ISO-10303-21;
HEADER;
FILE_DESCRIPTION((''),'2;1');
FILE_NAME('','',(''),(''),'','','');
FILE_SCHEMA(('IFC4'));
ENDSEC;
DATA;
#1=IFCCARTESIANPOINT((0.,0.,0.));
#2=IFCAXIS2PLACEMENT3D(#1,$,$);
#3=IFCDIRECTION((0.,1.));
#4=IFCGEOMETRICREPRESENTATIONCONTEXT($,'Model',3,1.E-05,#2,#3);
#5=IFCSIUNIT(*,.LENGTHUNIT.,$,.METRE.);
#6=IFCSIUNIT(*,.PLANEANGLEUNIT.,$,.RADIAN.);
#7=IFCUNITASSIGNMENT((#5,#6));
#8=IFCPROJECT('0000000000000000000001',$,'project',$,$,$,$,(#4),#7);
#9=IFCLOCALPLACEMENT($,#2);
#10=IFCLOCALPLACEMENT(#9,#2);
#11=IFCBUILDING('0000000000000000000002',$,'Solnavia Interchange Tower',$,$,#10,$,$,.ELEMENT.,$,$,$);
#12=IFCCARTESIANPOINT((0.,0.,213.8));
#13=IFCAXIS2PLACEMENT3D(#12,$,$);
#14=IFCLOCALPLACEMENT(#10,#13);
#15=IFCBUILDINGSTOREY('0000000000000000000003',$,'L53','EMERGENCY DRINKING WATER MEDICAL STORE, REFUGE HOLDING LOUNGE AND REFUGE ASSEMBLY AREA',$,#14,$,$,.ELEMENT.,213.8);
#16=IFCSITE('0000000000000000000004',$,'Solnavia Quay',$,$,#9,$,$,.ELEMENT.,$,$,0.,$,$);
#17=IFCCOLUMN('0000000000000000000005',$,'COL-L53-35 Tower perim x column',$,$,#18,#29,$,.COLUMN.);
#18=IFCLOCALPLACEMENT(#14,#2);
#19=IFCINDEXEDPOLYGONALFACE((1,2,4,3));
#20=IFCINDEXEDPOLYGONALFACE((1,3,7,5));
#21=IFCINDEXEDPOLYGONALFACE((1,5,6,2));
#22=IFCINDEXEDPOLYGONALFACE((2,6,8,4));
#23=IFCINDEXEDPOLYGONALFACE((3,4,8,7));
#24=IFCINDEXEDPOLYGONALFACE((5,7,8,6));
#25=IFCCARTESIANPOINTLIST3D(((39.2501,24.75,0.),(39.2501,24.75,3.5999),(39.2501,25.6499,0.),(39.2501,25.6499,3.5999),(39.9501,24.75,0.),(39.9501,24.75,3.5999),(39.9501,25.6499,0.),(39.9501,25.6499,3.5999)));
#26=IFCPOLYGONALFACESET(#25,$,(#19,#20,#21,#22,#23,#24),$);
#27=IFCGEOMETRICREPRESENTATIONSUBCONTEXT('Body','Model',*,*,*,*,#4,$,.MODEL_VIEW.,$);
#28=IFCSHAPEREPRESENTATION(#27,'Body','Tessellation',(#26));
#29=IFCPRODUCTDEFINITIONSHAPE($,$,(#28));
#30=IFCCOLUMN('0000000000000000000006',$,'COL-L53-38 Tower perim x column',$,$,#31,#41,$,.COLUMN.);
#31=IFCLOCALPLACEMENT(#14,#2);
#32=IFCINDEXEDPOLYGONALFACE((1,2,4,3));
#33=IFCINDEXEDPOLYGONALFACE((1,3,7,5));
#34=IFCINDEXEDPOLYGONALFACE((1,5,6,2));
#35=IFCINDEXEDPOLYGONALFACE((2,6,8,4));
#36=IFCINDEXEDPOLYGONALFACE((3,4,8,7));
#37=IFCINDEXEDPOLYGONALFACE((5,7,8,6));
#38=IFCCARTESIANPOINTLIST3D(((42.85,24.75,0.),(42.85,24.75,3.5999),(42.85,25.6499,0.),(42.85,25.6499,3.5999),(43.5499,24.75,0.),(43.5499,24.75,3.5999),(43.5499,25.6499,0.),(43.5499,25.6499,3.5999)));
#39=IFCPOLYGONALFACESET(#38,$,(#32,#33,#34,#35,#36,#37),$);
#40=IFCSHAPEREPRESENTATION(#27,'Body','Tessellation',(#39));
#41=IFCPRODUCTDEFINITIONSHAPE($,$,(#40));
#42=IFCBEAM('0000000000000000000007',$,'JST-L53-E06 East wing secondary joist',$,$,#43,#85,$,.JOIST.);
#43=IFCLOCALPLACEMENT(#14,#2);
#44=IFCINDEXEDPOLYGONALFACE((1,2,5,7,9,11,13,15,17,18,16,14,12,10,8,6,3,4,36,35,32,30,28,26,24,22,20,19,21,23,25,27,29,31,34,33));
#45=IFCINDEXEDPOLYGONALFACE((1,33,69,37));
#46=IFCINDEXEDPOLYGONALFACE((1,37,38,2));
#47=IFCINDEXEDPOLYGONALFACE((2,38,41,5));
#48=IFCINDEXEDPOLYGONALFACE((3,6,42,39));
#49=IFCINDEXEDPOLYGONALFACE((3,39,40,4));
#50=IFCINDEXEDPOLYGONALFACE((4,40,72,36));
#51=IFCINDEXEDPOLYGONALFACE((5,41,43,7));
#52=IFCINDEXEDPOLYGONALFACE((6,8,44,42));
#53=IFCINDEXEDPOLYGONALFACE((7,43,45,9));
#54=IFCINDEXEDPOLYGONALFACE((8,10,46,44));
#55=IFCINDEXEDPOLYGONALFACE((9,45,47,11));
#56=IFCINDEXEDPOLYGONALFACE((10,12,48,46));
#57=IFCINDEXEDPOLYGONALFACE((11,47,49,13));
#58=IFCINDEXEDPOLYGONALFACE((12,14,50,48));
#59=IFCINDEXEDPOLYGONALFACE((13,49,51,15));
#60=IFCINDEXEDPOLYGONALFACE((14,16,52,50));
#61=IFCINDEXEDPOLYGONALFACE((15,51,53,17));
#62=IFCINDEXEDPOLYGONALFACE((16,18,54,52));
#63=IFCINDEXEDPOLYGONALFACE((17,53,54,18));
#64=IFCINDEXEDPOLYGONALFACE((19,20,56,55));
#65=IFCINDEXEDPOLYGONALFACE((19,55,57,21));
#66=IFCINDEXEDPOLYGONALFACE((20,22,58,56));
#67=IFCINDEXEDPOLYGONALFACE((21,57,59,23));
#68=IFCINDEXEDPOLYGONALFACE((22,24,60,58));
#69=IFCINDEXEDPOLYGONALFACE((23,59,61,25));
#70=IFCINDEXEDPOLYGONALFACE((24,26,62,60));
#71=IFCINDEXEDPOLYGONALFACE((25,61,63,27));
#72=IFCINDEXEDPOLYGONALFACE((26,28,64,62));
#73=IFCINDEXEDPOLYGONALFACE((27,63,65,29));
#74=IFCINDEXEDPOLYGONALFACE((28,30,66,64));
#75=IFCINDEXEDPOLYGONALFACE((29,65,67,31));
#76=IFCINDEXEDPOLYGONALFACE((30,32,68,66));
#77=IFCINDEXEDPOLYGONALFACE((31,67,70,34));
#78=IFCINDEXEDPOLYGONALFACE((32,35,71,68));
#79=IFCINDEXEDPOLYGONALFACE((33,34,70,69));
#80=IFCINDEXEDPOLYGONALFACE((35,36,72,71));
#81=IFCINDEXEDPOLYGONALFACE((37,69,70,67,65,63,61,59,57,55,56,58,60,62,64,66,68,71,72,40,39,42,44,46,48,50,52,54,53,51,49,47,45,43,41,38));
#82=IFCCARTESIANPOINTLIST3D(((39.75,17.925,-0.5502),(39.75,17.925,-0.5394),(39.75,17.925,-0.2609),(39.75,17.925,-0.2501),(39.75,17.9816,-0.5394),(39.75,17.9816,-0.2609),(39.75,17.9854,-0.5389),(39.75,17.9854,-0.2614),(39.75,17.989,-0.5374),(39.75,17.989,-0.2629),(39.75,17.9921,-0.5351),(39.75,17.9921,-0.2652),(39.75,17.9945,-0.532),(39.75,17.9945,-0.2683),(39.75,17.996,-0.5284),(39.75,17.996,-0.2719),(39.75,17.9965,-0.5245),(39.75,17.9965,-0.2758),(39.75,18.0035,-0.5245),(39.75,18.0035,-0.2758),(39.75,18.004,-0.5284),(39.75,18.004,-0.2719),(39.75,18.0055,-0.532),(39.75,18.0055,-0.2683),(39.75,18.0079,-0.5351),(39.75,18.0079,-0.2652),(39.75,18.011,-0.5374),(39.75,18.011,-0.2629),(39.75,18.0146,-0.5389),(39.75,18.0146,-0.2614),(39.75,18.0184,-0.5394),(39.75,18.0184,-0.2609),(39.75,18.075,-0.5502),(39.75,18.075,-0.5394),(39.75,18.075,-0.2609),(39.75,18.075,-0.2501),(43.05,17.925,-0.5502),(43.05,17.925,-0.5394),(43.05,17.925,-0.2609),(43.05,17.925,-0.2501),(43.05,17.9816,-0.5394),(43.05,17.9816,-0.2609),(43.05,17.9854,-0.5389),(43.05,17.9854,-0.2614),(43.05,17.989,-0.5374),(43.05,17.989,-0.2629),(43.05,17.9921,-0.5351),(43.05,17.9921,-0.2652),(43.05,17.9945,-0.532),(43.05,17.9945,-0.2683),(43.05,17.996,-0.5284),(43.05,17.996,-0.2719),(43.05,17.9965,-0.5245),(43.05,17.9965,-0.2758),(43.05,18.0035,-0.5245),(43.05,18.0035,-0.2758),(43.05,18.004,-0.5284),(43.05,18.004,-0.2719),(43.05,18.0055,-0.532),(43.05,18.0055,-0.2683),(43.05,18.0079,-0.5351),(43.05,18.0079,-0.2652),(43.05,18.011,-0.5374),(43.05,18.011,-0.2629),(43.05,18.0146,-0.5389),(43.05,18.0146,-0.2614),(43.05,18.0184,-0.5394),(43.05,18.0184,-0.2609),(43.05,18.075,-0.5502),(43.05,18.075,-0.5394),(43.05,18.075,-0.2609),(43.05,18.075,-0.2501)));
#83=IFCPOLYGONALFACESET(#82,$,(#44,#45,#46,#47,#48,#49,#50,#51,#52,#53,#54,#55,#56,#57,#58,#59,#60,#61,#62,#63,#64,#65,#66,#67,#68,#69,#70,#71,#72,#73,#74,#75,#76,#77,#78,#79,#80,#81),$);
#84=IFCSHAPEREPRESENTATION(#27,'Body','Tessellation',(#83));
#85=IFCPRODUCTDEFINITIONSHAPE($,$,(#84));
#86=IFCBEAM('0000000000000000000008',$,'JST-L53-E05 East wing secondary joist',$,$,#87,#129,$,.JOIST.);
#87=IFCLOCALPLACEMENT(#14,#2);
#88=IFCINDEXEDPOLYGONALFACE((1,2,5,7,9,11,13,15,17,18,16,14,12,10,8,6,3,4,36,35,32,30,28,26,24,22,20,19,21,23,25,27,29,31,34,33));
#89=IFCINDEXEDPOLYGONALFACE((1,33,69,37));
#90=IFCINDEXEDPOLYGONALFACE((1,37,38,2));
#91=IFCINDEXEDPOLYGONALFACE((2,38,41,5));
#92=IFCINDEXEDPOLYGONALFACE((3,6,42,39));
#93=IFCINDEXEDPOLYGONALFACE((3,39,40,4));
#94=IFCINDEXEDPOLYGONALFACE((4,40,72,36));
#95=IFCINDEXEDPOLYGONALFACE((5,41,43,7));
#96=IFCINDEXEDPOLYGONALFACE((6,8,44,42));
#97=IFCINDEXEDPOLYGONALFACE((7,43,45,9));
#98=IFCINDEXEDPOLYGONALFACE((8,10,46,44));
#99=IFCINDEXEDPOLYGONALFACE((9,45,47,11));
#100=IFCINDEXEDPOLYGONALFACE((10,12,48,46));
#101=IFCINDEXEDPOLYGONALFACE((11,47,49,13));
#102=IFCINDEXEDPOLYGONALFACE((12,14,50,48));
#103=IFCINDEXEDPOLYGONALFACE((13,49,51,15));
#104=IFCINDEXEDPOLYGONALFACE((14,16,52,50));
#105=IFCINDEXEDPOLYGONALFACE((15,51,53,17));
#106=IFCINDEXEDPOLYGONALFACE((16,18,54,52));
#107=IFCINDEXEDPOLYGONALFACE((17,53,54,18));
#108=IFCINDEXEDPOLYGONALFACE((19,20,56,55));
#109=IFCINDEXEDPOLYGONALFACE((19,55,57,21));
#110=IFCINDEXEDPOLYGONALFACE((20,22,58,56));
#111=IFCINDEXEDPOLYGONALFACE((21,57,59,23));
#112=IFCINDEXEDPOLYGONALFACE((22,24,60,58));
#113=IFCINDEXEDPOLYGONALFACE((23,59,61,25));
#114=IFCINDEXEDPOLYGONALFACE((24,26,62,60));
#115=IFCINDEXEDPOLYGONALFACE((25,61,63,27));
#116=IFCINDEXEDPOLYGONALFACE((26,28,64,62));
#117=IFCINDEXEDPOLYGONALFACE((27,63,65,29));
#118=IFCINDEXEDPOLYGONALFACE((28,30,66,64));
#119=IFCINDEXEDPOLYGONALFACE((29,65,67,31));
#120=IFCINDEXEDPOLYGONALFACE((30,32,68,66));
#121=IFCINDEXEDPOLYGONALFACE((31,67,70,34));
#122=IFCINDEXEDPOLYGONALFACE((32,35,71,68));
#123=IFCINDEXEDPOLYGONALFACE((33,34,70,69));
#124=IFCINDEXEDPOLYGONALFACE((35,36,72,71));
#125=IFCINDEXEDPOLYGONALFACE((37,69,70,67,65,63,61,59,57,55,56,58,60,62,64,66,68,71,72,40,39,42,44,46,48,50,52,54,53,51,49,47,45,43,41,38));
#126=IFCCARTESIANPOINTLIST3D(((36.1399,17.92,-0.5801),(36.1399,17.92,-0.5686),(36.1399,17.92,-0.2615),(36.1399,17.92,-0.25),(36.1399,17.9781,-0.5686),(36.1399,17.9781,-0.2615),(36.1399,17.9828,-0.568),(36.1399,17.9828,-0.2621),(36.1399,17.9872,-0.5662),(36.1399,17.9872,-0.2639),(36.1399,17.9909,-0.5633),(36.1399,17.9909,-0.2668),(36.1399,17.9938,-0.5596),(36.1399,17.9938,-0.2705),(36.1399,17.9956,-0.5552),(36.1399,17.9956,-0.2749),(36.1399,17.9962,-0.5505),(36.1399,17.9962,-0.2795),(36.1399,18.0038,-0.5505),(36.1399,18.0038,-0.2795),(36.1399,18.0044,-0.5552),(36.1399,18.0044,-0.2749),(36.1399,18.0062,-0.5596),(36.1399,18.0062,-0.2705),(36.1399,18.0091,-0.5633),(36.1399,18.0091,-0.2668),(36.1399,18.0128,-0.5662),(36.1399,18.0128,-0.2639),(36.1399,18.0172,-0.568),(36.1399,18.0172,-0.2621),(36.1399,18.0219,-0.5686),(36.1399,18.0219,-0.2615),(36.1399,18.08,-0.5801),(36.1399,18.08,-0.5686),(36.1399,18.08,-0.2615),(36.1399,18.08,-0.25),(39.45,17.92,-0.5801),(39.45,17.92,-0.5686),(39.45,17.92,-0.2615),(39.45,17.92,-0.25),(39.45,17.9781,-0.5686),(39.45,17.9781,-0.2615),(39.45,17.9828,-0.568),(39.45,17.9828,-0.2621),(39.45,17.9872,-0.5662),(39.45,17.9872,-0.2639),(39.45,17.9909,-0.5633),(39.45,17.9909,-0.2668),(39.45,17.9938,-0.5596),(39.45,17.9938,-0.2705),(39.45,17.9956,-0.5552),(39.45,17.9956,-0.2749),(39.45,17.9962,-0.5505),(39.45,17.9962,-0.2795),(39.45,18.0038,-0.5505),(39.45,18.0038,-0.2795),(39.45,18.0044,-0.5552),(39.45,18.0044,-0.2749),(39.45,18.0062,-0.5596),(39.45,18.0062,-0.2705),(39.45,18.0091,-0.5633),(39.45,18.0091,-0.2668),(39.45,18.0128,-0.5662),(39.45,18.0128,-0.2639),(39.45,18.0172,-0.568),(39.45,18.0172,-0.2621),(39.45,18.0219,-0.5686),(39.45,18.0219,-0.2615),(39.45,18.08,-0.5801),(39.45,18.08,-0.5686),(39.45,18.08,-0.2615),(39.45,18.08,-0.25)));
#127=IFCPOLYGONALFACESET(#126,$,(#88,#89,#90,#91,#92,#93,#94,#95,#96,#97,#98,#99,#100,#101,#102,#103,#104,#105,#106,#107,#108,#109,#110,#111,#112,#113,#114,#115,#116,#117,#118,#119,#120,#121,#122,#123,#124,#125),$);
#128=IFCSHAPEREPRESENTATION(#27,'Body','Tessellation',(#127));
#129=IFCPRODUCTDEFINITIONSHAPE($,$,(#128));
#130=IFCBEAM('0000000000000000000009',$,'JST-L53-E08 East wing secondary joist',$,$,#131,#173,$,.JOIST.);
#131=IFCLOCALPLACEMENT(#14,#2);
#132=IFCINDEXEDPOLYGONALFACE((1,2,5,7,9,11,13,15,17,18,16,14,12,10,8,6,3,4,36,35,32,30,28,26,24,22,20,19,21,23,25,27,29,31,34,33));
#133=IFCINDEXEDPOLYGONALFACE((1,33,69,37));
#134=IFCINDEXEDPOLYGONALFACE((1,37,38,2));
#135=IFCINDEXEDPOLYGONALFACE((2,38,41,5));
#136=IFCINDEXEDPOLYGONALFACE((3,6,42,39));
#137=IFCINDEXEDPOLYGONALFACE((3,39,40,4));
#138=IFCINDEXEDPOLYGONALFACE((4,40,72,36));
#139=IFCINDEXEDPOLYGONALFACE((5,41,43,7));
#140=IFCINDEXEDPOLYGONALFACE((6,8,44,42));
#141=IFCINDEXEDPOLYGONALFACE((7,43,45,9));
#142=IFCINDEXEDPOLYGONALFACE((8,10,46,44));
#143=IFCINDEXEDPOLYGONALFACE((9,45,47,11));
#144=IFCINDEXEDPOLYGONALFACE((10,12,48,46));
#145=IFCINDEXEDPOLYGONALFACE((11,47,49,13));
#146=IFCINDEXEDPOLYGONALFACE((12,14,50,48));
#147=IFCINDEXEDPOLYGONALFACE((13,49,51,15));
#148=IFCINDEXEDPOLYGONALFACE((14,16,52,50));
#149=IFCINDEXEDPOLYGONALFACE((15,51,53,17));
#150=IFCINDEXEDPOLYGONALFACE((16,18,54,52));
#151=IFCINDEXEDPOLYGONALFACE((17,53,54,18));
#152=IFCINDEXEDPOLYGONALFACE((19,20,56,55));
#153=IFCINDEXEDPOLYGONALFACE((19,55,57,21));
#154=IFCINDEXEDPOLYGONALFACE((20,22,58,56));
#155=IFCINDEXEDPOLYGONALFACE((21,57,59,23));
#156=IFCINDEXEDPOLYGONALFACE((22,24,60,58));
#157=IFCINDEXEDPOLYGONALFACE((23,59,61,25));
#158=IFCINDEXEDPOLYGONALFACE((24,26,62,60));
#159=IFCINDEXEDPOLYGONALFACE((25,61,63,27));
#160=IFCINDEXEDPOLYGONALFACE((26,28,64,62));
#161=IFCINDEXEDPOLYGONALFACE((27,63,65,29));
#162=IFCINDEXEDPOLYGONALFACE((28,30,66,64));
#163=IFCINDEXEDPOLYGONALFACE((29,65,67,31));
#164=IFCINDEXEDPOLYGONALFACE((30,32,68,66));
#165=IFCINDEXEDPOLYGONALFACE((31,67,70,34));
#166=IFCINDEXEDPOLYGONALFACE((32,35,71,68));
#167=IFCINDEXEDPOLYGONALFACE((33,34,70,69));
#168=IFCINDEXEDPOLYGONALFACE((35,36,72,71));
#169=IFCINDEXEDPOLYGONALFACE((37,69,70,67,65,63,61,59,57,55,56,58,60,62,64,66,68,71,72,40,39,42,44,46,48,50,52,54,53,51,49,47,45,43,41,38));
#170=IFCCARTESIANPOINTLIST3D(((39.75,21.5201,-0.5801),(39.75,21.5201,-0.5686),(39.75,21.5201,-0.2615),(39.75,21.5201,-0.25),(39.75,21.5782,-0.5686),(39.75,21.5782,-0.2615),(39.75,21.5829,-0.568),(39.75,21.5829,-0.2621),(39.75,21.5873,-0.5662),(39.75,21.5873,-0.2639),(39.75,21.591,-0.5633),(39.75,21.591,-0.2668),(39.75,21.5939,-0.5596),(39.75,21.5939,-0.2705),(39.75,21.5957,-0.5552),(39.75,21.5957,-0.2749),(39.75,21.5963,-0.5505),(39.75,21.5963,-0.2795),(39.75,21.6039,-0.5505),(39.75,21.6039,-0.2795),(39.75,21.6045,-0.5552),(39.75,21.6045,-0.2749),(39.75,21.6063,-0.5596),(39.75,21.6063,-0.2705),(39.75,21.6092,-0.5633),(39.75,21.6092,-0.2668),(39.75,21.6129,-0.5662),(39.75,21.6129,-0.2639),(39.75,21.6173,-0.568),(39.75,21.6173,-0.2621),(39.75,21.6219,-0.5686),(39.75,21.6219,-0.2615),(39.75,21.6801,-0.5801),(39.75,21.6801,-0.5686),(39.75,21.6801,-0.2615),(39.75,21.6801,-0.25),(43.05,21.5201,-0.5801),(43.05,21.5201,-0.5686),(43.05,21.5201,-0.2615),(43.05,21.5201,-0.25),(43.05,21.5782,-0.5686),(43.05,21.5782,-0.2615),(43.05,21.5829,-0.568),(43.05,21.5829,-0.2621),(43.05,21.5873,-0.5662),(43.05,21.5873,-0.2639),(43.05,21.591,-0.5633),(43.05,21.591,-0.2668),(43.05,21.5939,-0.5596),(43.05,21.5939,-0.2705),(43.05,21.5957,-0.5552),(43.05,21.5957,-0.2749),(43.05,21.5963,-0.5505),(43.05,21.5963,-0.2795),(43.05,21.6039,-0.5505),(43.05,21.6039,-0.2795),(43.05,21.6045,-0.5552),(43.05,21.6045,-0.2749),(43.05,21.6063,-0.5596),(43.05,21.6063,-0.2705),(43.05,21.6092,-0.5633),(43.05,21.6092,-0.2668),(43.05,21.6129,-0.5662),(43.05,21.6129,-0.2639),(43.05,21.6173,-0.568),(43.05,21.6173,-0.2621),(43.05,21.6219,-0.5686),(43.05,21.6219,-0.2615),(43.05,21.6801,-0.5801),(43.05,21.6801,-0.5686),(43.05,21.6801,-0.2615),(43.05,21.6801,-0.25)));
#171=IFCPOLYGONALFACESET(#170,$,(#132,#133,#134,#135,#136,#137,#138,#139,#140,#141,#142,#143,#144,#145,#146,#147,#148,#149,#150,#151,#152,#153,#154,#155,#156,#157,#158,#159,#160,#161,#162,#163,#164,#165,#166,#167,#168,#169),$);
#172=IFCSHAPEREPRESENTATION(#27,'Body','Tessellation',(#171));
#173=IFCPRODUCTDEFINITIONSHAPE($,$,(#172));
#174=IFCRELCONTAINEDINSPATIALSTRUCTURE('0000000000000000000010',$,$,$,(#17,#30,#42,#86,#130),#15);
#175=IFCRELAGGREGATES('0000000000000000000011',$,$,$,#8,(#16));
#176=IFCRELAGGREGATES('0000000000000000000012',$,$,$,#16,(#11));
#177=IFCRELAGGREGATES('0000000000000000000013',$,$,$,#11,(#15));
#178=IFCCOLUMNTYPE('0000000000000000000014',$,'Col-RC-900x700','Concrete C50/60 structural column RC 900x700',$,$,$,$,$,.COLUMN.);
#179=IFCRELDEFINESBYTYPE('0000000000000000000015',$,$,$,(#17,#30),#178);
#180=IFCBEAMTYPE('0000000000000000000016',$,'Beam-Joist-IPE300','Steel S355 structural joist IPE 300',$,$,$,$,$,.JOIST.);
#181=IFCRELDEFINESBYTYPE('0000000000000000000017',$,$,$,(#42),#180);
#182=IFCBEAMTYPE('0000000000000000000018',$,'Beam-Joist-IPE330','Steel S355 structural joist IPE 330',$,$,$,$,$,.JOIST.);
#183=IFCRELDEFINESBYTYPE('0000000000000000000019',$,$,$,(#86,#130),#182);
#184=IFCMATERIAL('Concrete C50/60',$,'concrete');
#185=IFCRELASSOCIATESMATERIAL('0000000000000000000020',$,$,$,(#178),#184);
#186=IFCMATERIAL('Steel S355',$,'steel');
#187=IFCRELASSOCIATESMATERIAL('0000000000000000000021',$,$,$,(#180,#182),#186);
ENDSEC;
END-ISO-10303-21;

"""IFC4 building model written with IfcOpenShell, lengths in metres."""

from ifc_helpers import new_model, si_unit, direction, frame, origin, origin_2d, place, context, subcontext, project, spatial, rectangle, i_section, extrude, material, material_profile, profile_set, type_object, element, save


model = new_model("IFC4")

# Units and contexts
model_context = context("Model", 3, precision=1e-05, world=origin(), true_north=direction((0.0, 1.0)))
body_context = subcontext(model_context, "Body", "Model", "MODEL_VIEW")
ifc_project = project(units=[si_unit("LENGTHUNIT", "METRE"), si_unit("PLANEANGLEUNIT", "RADIAN")], contexts=[model_context])

# Site, building, storey
site_placement = place(None, origin())
site = spatial("IfcSite", under=ifc_project, at=site_placement, Name="Solnavia Quay", CompositionType="ELEMENT", RefElevation=0.0)
building_placement = place(site_placement, origin())
building = spatial("IfcBuilding", under=site, at=building_placement, Name="Solnavia Interchange Tower", CompositionType="ELEMENT")
storey_placement = place(building_placement, frame((0.0, 0.0, 213.8)))
storey = spatial("IfcBuildingStorey", under=building, at=storey_placement, Name="L53", Description="EMERGENCY DRINKING WATER MEDICAL STORE, REFUGE HOLDING LOUNGE AND REFUGE ASSEMBLY AREA", CompositionType="ELEMENT", Elevation=213.8)

# Columns
ifc_material_1 = material(Name="Concrete C50/60", Category="concrete")
ifc_material_profile_1 = material_profile(ifc_material_1, rectangle(XDim=0.7, YDim=0.8999, at=origin_2d()), Name="RC 900x700")
ifc_profile_set_1 = profile_set([ifc_material_profile_1], Name="Concrete C50/60")
column_type = type_object("IfcColumnType", Name="Col-RC-900x700", Description="Concrete C50/60 structural column RC 900x700", PredefinedType="COLUMN", material=ifc_profile_set_1)
for number, where, z_axis, x_axis, name in (
    (1, (39.6001, 25.2, 0.0), (0.0, 0.0, 1.0), (1.0, 0.0, 0.0), "COL-L53-35 Tower perim x column"),
    (2, (43.2, 25.2, 0.0), (0.0, 0.0, 1.0), (1.0, 0.0, 0.0), "COL-L53-38 Tower perim x column"),
):
    element("IfcColumn", number, at=place(storey_placement, frame(where, z_axis=z_axis, x_axis=x_axis)), inside=storey, type_object=column_type, Name=name, PredefinedType="COLUMN", context=body_context, shape_type="SweptSolid", body=[
        extrude(rectangle(XDim=0.7, YDim=0.8999, at=origin_2d()), origin(), (0.0, 0.0, 1.0), 3.5999),
    ])

# Beams
ifc_material_2 = material(Name="Steel S355", Category="steel")
ifc_material_profile_2 = material_profile(ifc_material_2, i_section(OverallWidth=0.1499, OverallDepth=0.3, WebThickness=0.0071, FlangeThickness=0.0107, FilletRadius=0.0149, at=origin_2d()), Name="IPE 300")
ifc_profile_set_2 = profile_set([ifc_material_profile_2], Name="Steel S355")
beam_type_1 = type_object("IfcBeamType", Name="Beam-Joist-IPE300", Description="Steel S355 structural joist IPE 300", PredefinedType="JOIST", material=ifc_profile_set_2)
beam_1_placement = place(storey_placement, frame((39.75, 18.0, -0.4001), z_axis=(1.0, 0.0, 0.0), x_axis=(0.0, 1.0, 0.0)))
element("IfcBeam", 3, at=beam_1_placement, inside=storey, type_object=beam_type_1, Name="JST-L53-E06 East wing secondary joist", PredefinedType="JOIST", context=body_context, shape_type="SweptSolid", body=[
    extrude(i_section(OverallWidth=0.1499, OverallDepth=0.3, WebThickness=0.0071, FlangeThickness=0.0107, FilletRadius=0.0149, at=origin_2d()), origin(), (0.0, 0.0, 1.0), 3.3),
])
ifc_material_profile_3 = material_profile(ifc_material_2, i_section(OverallWidth=0.1599, OverallDepth=0.3301, WebThickness=0.0076, FlangeThickness=0.0115, FilletRadius=0.0181, at=origin_2d()), Name="IPE 330")
ifc_profile_set_3 = profile_set([ifc_material_profile_3], Name="Steel S355")
beam_type_2 = type_object("IfcBeamType", Name="Beam-Joist-IPE330", Description="Steel S355 structural joist IPE 330", PredefinedType="JOIST", material=ifc_profile_set_3)
beam_2_placement = place(storey_placement, frame((36.1399, 18.0, -0.415), z_axis=(1.0, 0.0, 0.0), x_axis=(0.0, 1.0, 0.0)))
element("IfcBeam", 4, at=beam_2_placement, inside=storey, type_object=beam_type_2, Name="JST-L53-E05 East wing secondary joist", PredefinedType="JOIST", context=body_context, shape_type="SweptSolid", body=[
    extrude(i_section(OverallWidth=0.1599, OverallDepth=0.3301, WebThickness=0.0076, FlangeThickness=0.0115, FilletRadius=0.0181, at=origin_2d()), origin(), (0.0, 0.0, 1.0), 3.3101),
])
beam_3_placement = place(storey_placement, frame((39.75, 21.6001, -0.415), z_axis=(1.0, 0.0, 0.0), x_axis=(0.0, 1.0, 0.0)))
element("IfcBeam", 5, at=beam_3_placement, inside=storey, type_object=beam_type_2, Name="JST-L53-E08 East wing secondary joist", PredefinedType="JOIST", context=body_context, shape_type="SweptSolid", body=[
    extrude(i_section(OverallWidth=0.1599, OverallDepth=0.3301, WebThickness=0.0076, FlangeThickness=0.0115, FilletRadius=0.0181, at=origin_2d()), origin(), (0.0, 0.0, 1.0), 3.3),
])

save(model, "model.ifc")
